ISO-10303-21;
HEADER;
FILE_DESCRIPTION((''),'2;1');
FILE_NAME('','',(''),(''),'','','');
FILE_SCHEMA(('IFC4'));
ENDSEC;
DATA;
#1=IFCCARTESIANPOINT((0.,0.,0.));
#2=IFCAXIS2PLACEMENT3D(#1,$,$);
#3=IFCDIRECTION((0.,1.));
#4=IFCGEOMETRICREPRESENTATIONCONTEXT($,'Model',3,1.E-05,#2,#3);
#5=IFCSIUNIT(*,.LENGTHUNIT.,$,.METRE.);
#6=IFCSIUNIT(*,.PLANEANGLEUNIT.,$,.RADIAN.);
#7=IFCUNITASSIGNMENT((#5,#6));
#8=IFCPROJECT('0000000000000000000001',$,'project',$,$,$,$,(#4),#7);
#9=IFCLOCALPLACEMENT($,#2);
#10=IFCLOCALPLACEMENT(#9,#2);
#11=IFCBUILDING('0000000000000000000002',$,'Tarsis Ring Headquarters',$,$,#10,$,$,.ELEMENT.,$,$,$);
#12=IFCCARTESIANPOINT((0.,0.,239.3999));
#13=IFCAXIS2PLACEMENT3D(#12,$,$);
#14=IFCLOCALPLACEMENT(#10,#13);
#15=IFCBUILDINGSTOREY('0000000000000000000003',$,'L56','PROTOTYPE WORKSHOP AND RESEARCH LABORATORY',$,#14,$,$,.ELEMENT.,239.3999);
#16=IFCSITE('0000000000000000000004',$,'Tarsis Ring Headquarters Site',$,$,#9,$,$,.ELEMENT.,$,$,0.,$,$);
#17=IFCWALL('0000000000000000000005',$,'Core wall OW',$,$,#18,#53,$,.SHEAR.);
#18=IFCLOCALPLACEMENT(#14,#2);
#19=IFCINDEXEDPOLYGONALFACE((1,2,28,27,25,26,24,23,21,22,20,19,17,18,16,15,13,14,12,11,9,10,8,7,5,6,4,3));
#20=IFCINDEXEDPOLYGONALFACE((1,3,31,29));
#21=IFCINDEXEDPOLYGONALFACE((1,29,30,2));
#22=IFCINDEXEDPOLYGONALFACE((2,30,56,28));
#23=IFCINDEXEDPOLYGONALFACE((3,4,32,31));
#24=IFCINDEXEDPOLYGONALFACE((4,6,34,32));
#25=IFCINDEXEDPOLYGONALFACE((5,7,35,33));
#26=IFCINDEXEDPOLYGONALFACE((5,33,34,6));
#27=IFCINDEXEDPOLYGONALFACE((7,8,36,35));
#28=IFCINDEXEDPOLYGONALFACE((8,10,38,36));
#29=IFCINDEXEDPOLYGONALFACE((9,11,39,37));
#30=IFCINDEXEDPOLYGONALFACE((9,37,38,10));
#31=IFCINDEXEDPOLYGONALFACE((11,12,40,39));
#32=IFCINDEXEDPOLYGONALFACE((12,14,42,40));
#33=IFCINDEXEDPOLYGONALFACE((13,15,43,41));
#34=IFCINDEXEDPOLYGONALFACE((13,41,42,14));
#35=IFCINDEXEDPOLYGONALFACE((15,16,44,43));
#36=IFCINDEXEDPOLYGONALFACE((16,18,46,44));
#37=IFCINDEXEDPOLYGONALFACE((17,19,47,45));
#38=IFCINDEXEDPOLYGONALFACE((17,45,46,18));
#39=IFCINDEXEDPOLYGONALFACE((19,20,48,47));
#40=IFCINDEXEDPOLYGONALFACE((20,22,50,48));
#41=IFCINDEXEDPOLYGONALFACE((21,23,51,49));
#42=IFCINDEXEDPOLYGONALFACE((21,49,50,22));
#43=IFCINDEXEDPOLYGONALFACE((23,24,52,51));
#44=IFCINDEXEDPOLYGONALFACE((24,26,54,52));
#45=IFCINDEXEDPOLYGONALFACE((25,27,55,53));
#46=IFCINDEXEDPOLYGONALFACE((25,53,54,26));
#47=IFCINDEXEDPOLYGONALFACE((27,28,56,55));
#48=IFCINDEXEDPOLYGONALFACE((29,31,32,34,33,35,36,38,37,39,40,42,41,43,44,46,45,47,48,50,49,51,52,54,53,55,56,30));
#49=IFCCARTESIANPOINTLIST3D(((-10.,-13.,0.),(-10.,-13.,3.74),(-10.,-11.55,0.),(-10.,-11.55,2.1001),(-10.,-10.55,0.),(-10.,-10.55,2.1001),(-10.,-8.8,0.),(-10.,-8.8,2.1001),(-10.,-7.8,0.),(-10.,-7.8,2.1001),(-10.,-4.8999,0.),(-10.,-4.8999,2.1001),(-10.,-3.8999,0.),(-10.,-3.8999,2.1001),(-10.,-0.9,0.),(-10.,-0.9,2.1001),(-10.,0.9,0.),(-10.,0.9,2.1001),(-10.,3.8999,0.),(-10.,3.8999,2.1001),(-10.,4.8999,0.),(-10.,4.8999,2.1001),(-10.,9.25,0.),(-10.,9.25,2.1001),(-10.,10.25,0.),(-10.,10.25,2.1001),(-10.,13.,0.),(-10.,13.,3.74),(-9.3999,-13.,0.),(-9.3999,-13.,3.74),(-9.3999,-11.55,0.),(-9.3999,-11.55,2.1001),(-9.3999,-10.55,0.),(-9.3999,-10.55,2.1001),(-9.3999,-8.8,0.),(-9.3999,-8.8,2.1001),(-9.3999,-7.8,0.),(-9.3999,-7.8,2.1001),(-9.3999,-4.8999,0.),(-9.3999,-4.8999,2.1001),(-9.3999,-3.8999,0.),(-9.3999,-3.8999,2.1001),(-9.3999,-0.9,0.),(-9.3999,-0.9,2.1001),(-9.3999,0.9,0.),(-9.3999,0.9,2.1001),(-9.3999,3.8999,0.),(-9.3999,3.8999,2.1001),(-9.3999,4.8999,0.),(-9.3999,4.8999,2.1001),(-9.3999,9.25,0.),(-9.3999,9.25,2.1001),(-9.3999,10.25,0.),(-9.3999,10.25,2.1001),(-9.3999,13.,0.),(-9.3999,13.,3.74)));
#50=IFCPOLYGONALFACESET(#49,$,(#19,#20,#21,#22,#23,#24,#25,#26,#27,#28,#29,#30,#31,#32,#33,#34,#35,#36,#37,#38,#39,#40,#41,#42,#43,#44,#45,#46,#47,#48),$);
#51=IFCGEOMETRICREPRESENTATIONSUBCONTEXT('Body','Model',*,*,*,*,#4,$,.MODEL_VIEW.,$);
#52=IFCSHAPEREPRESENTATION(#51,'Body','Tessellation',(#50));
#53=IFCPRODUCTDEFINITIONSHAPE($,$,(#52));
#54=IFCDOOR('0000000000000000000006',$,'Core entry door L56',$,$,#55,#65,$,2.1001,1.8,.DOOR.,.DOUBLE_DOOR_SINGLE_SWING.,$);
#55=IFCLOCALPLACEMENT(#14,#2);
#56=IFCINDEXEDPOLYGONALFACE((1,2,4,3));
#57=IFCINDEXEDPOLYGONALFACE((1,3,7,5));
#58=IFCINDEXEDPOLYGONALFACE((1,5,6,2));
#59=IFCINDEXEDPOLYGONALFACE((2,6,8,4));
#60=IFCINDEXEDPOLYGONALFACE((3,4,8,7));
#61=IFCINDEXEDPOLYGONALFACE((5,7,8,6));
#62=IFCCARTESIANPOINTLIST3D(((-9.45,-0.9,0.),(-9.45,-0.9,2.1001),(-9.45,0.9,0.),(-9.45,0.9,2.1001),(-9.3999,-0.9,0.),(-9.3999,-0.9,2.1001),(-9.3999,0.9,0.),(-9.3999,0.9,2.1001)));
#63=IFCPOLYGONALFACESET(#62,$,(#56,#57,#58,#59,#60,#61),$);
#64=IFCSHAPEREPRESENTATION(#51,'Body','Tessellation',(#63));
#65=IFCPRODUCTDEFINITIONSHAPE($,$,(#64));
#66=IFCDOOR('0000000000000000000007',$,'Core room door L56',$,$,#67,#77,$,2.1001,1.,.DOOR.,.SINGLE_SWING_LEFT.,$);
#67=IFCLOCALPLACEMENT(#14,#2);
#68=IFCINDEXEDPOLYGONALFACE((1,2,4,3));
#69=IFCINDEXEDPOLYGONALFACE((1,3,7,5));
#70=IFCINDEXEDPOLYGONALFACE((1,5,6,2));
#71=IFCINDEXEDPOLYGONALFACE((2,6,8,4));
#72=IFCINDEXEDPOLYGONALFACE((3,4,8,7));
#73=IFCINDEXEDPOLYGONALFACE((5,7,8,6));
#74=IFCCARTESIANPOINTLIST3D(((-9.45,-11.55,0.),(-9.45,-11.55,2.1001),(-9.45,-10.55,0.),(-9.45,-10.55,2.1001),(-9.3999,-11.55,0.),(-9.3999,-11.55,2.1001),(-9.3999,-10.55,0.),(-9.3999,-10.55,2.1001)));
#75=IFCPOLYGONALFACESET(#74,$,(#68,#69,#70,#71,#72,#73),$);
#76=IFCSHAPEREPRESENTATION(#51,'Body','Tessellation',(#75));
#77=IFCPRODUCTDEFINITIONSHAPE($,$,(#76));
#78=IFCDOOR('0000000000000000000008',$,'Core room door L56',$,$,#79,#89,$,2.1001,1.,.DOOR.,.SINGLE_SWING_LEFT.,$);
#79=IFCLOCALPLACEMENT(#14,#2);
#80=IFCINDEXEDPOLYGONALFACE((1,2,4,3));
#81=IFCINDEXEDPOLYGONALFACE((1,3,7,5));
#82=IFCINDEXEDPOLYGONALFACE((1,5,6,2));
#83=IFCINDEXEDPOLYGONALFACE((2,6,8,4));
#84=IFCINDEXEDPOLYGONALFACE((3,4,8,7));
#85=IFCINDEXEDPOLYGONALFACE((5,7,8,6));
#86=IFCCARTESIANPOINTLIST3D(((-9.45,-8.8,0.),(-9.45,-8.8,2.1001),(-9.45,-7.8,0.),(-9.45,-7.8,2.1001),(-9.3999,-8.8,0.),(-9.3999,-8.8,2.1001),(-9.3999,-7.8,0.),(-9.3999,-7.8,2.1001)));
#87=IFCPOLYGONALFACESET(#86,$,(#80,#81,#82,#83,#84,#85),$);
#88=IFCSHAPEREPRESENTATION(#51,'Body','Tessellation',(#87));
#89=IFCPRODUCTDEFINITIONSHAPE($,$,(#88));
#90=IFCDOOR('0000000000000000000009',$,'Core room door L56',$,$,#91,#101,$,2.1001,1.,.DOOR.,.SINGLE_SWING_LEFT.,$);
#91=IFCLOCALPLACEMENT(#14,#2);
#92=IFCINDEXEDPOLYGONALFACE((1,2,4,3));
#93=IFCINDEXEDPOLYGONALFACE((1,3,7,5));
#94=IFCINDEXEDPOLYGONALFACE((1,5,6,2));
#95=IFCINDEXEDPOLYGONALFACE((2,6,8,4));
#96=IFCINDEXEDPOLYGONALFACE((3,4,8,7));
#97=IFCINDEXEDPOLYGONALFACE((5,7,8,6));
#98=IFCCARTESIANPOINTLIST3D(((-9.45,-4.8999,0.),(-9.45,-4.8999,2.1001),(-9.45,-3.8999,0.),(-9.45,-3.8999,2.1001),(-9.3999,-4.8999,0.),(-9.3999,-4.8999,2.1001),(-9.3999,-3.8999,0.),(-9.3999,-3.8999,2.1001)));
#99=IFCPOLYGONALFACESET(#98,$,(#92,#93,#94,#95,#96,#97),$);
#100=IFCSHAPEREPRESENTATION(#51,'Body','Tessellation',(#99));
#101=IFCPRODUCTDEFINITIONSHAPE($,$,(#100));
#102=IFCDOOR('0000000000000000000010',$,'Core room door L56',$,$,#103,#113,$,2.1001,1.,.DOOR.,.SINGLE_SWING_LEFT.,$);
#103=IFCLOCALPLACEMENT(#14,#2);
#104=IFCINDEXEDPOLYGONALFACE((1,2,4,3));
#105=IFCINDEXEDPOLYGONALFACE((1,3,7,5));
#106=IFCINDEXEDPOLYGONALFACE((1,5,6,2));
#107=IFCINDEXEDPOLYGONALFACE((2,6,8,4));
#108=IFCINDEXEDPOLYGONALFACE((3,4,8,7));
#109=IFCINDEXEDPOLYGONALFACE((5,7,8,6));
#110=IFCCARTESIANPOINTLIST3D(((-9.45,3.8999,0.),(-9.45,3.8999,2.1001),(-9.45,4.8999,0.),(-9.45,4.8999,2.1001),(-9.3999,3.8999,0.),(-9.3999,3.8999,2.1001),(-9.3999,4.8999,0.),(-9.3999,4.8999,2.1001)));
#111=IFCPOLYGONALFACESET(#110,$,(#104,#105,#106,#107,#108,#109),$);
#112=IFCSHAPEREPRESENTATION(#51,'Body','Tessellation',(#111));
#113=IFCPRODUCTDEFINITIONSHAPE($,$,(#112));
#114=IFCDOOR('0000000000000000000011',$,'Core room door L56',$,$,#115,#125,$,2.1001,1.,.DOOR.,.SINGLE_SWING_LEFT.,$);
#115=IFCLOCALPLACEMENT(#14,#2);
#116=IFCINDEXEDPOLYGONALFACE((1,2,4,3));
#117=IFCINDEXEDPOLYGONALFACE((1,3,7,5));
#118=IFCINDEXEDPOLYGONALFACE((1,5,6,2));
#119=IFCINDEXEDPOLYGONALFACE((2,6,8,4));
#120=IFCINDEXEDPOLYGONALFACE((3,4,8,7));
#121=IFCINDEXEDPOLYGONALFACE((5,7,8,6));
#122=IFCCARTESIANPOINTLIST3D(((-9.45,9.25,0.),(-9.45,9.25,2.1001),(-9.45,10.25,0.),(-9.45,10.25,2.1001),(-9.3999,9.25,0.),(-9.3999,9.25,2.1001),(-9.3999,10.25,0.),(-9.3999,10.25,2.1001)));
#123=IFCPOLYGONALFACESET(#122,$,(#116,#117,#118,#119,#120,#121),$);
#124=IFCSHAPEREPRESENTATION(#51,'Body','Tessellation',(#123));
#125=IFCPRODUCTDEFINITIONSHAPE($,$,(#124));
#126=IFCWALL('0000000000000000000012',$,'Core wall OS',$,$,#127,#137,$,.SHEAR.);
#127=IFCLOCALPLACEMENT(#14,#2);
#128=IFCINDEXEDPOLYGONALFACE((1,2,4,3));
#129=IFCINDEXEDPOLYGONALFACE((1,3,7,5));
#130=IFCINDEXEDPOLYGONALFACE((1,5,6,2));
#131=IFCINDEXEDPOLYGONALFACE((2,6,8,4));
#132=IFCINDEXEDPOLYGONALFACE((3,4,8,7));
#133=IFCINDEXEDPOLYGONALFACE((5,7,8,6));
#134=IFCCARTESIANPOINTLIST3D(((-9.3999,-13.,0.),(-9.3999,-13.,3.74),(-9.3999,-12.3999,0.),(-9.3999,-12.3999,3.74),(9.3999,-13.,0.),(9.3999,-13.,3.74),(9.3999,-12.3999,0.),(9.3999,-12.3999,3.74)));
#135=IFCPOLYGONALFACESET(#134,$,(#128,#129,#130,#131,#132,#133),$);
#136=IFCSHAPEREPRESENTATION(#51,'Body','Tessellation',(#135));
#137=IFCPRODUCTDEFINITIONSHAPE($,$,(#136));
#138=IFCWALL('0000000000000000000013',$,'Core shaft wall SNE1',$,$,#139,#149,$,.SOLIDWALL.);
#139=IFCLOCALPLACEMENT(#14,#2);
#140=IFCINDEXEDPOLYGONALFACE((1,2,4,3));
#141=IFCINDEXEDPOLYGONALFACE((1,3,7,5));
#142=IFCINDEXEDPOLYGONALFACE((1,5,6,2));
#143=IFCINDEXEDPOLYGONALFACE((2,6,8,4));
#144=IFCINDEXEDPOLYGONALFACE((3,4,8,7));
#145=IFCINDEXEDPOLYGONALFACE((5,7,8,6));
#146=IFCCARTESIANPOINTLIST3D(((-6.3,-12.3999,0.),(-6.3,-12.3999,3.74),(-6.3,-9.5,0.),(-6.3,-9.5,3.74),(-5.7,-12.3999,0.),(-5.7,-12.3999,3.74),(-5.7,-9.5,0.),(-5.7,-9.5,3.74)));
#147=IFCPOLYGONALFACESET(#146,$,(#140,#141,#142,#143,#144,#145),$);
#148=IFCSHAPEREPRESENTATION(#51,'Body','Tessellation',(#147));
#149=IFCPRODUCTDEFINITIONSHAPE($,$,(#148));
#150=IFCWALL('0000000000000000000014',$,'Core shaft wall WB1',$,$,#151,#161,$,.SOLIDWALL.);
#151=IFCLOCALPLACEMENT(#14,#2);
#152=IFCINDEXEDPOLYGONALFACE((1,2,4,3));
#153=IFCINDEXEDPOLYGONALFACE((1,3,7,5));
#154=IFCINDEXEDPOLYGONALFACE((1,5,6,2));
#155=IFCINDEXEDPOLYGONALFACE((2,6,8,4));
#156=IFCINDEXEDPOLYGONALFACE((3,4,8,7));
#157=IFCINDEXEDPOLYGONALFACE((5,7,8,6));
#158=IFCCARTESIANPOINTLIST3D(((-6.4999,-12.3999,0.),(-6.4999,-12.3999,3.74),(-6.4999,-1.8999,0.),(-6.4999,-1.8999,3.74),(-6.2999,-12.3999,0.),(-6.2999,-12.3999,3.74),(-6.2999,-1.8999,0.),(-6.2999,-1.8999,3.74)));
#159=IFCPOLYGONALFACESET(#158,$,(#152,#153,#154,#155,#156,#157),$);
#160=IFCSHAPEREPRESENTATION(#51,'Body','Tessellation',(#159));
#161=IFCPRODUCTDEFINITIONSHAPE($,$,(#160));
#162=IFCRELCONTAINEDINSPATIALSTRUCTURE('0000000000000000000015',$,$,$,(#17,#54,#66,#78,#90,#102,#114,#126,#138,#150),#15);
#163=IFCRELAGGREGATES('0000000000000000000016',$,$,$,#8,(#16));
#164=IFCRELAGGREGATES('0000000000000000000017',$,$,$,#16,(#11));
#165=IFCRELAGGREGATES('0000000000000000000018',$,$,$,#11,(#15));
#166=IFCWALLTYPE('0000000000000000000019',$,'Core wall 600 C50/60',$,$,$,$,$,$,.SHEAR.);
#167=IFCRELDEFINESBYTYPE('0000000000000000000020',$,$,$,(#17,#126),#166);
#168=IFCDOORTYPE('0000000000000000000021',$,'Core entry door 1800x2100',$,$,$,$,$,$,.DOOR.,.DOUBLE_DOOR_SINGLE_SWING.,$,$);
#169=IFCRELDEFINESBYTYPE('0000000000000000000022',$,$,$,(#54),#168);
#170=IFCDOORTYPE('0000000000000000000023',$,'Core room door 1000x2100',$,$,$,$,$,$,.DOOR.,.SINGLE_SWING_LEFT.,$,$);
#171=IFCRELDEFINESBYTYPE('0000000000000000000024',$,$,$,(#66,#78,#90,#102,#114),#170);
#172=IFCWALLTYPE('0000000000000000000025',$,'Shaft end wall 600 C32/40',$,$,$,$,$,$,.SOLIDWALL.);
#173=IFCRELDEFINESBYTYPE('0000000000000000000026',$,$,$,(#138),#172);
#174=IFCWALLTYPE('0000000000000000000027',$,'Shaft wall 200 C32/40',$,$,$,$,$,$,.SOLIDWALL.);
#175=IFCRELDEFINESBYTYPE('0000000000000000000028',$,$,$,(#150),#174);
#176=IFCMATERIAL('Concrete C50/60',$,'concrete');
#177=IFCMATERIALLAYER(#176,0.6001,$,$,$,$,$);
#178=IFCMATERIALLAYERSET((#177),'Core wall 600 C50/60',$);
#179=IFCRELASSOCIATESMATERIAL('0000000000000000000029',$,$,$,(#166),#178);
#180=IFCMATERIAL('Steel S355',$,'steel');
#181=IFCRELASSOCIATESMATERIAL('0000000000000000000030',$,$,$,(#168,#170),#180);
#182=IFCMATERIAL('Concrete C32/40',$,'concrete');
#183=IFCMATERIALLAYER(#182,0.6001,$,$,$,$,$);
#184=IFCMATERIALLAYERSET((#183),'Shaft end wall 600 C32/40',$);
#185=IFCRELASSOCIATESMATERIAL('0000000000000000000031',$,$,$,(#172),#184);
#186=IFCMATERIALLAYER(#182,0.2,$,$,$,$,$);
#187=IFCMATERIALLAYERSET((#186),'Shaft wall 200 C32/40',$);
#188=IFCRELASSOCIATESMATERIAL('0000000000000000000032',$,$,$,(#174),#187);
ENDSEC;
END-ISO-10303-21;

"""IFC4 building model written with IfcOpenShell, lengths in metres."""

from ifc_helpers import new_model, si_unit, direction, frame, frame_2d, origin, place, context, subcontext, project, spatial, rectangle, extrude, material, layer, layer_set, type_object, element, fill, save


model = new_model("IFC4")

# Units and contexts
model_context = context("Model", 3, precision=1e-05, world=origin(), true_north=direction((0.0, 1.0)))
body_context = subcontext(model_context, "Body", "Model", "MODEL_VIEW")
ifc_project = project(units=[si_unit("LENGTHUNIT", "METRE"), si_unit("PLANEANGLEUNIT", "RADIAN")], contexts=[model_context])

# Site, building, storey
site_placement = place(None, origin())
site = spatial("IfcSite", under=ifc_project, at=site_placement, Name="Tarsis Ring Headquarters Site", CompositionType="ELEMENT", RefElevation=0.0)
building_placement = place(site_placement, origin())
building = spatial("IfcBuilding", under=site, at=building_placement, Name="Tarsis Ring Headquarters", CompositionType="ELEMENT")
storey_placement = place(building_placement, frame((0.0, 0.0, 239.3999)))
storey = spatial("IfcBuildingStorey", under=building, at=storey_placement, Name="L56", Description="PROTOTYPE WORKSHOP AND RESEARCH LABORATORY", CompositionType="ELEMENT", Elevation=239.3999)

# Wall, openings, doors
ifc_material_1 = material(Name="Concrete C50/60", Category="concrete")
ifc_layer_1 = layer(ifc_material_1, 0.6001)
ifc_layer_set_1 = layer_set([ifc_layer_1], Name="Core wall 600 C50/60")
wall_type_1 = type_object("IfcWallType", Name="Core wall 600 C50/60", PredefinedType="SHEAR", material=ifc_layer_set_1)
wall_1_placement = place(storey_placement, frame((-9.7, -13.0, 0.0), z_axis=(0.0, 0.0, 1.0), x_axis=(0.0, 1.0, 0.0)))
wall_1 = element("IfcWall", 1, at=wall_1_placement, inside=storey, type_object=wall_type_1, Name="Core wall OW", PredefinedType="SHEAR", context=body_context, shape_type="SweptSolid", body=[
    extrude(rectangle(XDim=26.0, YDim=0.6001, at=frame_2d((13.0, 0.0))), origin(), (0.0, 0.0, 1.0), 3.74),
])
opening_1_placement = place(wall_1_placement, frame((1.45, 0.0, 0.0)))
opening_1 = element("IfcOpeningElement", 2, at=opening_1_placement, cuts=wall_1, PredefinedType="OPENING", context=body_context, shape_type="SweptSolid", body=[
    extrude(rectangle(XDim=1.0, YDim=2.1001, at=frame_2d((0.5, 1.05))), frame((0.0, 0.3101, 0.0), z_axis=(0.0, -1.0, 0.0), x_axis=(1.0, 0.0, 0.0)), (0.0, 0.0, 1.0), 0.6201),
])
opening_2_placement = place(wall_1_placement, frame((4.2, 0.0, 0.0)))
opening_2 = element("IfcOpeningElement", 3, at=opening_2_placement, cuts=wall_1, PredefinedType="OPENING", context=body_context, shape_type="SweptSolid", body=[
    extrude(rectangle(XDim=1.0, YDim=2.1001, at=frame_2d((0.5, 1.05))), frame((0.0, 0.3101, 0.0), z_axis=(0.0, -1.0, 0.0), x_axis=(1.0, 0.0, 0.0)), (0.0, 0.0, 1.0), 0.6201),
])
opening_3_placement = place(wall_1_placement, frame((8.1001, 0.0, 0.0)))
opening_3 = element("IfcOpeningElement", 4, at=opening_3_placement, cuts=wall_1, PredefinedType="OPENING", context=body_context, shape_type="SweptSolid", body=[
    extrude(rectangle(XDim=1.0, YDim=2.1001, at=frame_2d((0.5, 1.05))), frame((0.0, 0.3101, 0.0), z_axis=(0.0, -1.0, 0.0), x_axis=(1.0, 0.0, 0.0)), (0.0, 0.0, 1.0), 0.6201),
])
opening_4_placement = place(wall_1_placement, frame((12.1001, 0.0, 0.0)))
opening_4 = element("IfcOpeningElement", 5, at=opening_4_placement, cuts=wall_1, PredefinedType="OPENING", context=body_context, shape_type="SweptSolid", body=[
    extrude(rectangle(XDim=1.8, YDim=2.1001, at=frame_2d((0.8999, 1.05))), frame((0.0, 0.3101, 0.0), z_axis=(0.0, -1.0, 0.0), x_axis=(1.0, 0.0, 0.0)), (0.0, 0.0, 1.0), 0.6201),
])
opening_5_placement = place(wall_1_placement, frame((16.8999, 0.0, 0.0)))
opening_5 = element("IfcOpeningElement", 6, at=opening_5_placement, cuts=wall_1, PredefinedType="OPENING", context=body_context, shape_type="SweptSolid", body=[
    extrude(rectangle(XDim=1.0, YDim=2.1001, at=frame_2d((0.5, 1.05))), frame((0.0, 0.3101, 0.0), z_axis=(0.0, -1.0, 0.0), x_axis=(1.0, 0.0, 0.0)), (0.0, 0.0, 1.0), 0.6201),
])
opening_6_placement = place(wall_1_placement, frame((22.25, 0.0, 0.0)))
opening_6 = element("IfcOpeningElement", 7, at=opening_6_placement, cuts=wall_1, PredefinedType="OPENING", context=body_context, shape_type="SweptSolid", body=[
    extrude(rectangle(XDim=1.0, YDim=2.1001, at=frame_2d((0.5, 1.05))), frame((0.0, 0.3101, 0.0), z_axis=(0.0, -1.0, 0.0), x_axis=(1.0, 0.0, 0.0)), (0.0, 0.0, 1.0), 0.6201),
])
ifc_material_2 = material(Name="Steel S355", Category="steel")
door_type_1 = type_object("IfcDoorType", Name="Core entry door 1800x2100", OperationType="DOUBLE_DOOR_SINGLE_SWING", PredefinedType="DOOR", material=ifc_material_2)
door_1_placement = place(opening_4_placement, origin())
door_1 = element("IfcDoor", 8, at=door_1_placement, inside=storey, type_object=door_type_1, Name="Core entry door L56", OperationType="DOUBLE_DOOR_SINGLE_SWING", OverallHeight=2.1001, OverallWidth=1.8, PredefinedType="DOOR", context=body_context, shape_type="SweptSolid", body=[
    extrude(rectangle(XDim=1.8, YDim=2.1001, at=frame_2d((0.8999, 1.05))), frame((0.0, -0.25, 0.0), z_axis=(0.0, -1.0, 0.0), x_axis=(1.0, 0.0, 0.0)), (0.0, 0.0, 1.0), 0.05),
])
fill(opening_4, door_1)
door_type_2 = type_object("IfcDoorType", Name="Core room door 1000x2100", OperationType="SINGLE_SWING_LEFT", PredefinedType="DOOR", material=ifc_material_2)
door_2_placement = place(opening_1_placement, origin())
door_2 = element("IfcDoor", 9, at=door_2_placement, inside=storey, type_object=door_type_2, Name="Core room door L56", OperationType="SINGLE_SWING_LEFT", OverallHeight=2.1001, OverallWidth=1.0, PredefinedType="DOOR", context=body_context, shape_type="SweptSolid", body=[
    extrude(rectangle(XDim=1.0, YDim=2.1001, at=frame_2d((0.5, 1.05))), frame((0.0, -0.25, 0.0), z_axis=(0.0, -1.0, 0.0), x_axis=(1.0, 0.0, 0.0)), (0.0, 0.0, 1.0), 0.05),
])
fill(opening_1, door_2)
door_3_placement = place(opening_2_placement, origin())
door_3 = element("IfcDoor", 10, at=door_3_placement, inside=storey, type_object=door_type_2, Name="Core room door L56", OperationType="SINGLE_SWING_LEFT", OverallHeight=2.1001, OverallWidth=1.0, PredefinedType="DOOR", context=body_context, shape_type="SweptSolid", body=[
    extrude(rectangle(XDim=1.0, YDim=2.1001, at=frame_2d((0.5, 1.05))), frame((0.0, -0.25, 0.0), z_axis=(0.0, -1.0, 0.0), x_axis=(1.0, 0.0, 0.0)), (0.0, 0.0, 1.0), 0.05),
])
fill(opening_2, door_3)
door_4_placement = place(opening_3_placement, origin())
door_4 = element("IfcDoor", 11, at=door_4_placement, inside=storey, type_object=door_type_2, Name="Core room door L56", OperationType="SINGLE_SWING_LEFT", OverallHeight=2.1001, OverallWidth=1.0, PredefinedType="DOOR", context=body_context, shape_type="SweptSolid", body=[
    extrude(rectangle(XDim=1.0, YDim=2.1001, at=frame_2d((0.5, 1.05))), frame((0.0, -0.25, 0.0), z_axis=(0.0, -1.0, 0.0), x_axis=(1.0, 0.0, 0.0)), (0.0, 0.0, 1.0), 0.05),
])
fill(opening_3, door_4)
door_5_placement = place(opening_5_placement, origin())
door_5 = element("IfcDoor", 12, at=door_5_placement, inside=storey, type_object=door_type_2, Name="Core room door L56", OperationType="SINGLE_SWING_LEFT", OverallHeight=2.1001, OverallWidth=1.0, PredefinedType="DOOR", context=body_context, shape_type="SweptSolid", body=[
    extrude(rectangle(XDim=1.0, YDim=2.1001, at=frame_2d((0.5, 1.05))), frame((0.0, -0.25, 0.0), z_axis=(0.0, -1.0, 0.0), x_axis=(1.0, 0.0, 0.0)), (0.0, 0.0, 1.0), 0.05),
])
fill(opening_5, door_5)
door_6_placement = place(opening_6_placement, origin())
door_6 = element("IfcDoor", 13, at=door_6_placement, inside=storey, type_object=door_type_2, Name="Core room door L56", OperationType="SINGLE_SWING_LEFT", OverallHeight=2.1001, OverallWidth=1.0, PredefinedType="DOOR", context=body_context, shape_type="SweptSolid", body=[
    extrude(rectangle(XDim=1.0, YDim=2.1001, at=frame_2d((0.5, 1.05))), frame((0.0, -0.25, 0.0), z_axis=(0.0, -1.0, 0.0), x_axis=(1.0, 0.0, 0.0)), (0.0, 0.0, 1.0), 0.05),
])
fill(opening_6, door_6)

# Walls
wall_2_placement = place(storey_placement, frame((-9.3999, -12.7, 0.0), z_axis=(0.0, 0.0, 1.0), x_axis=(1.0, 0.0, 0.0)))
element("IfcWall", 14, at=wall_2_placement, inside=storey, type_object=wall_type_1, Name="Core wall OS", PredefinedType="SHEAR", context=body_context, shape_type="SweptSolid", body=[
    extrude(rectangle(XDim=18.7998, YDim=0.6001, at=frame_2d((9.3999, 0.0))), origin(), (0.0, 0.0, 1.0), 3.74),
])
ifc_material_3 = material(Name="Concrete C32/40", Category="concrete")
ifc_layer_2 = layer(ifc_material_3, 0.6001)
ifc_layer_set_2 = layer_set([ifc_layer_2], Name="Shaft end wall 600 C32/40")
wall_type_2 = type_object("IfcWallType", Name="Shaft end wall 600 C32/40", PredefinedType="SOLIDWALL", material=ifc_layer_set_2)
wall_3_placement = place(storey_placement, frame((-6.0, -12.3999, 0.0), z_axis=(0.0, 0.0, 1.0), x_axis=(0.0, 1.0, 0.0)))
element("IfcWall", 15, at=wall_3_placement, inside=storey, type_object=wall_type_2, Name="Core shaft wall SNE1", PredefinedType="SOLIDWALL", context=body_context, shape_type="SweptSolid", body=[
    extrude(rectangle(XDim=2.8999, YDim=0.6001, at=frame_2d((1.45, 0.0))), origin(), (0.0, 0.0, 1.0), 3.74),
])
ifc_layer_3 = layer(ifc_material_3, 0.2)
ifc_layer_set_3 = layer_set([ifc_layer_3], Name="Shaft wall 200 C32/40")
wall_type_3 = type_object("IfcWallType", Name="Shaft wall 200 C32/40", PredefinedType="SOLIDWALL", material=ifc_layer_set_3)
wall_4_placement = place(storey_placement, frame((-6.3999, -12.3999, 0.0), z_axis=(0.0, 0.0, 1.0), x_axis=(0.0, 1.0, 0.0)))
element("IfcWall", 16, at=wall_4_placement, inside=storey, type_object=wall_type_3, Name="Core shaft wall WB1", PredefinedType="SOLIDWALL", context=body_context, shape_type="SweptSolid", body=[
    extrude(rectangle(XDim=10.5, YDim=0.2, at=frame_2d((5.25, 0.0))), origin(), (0.0, 0.0, 1.0), 3.74),
])

save(model, "model.ifc")
